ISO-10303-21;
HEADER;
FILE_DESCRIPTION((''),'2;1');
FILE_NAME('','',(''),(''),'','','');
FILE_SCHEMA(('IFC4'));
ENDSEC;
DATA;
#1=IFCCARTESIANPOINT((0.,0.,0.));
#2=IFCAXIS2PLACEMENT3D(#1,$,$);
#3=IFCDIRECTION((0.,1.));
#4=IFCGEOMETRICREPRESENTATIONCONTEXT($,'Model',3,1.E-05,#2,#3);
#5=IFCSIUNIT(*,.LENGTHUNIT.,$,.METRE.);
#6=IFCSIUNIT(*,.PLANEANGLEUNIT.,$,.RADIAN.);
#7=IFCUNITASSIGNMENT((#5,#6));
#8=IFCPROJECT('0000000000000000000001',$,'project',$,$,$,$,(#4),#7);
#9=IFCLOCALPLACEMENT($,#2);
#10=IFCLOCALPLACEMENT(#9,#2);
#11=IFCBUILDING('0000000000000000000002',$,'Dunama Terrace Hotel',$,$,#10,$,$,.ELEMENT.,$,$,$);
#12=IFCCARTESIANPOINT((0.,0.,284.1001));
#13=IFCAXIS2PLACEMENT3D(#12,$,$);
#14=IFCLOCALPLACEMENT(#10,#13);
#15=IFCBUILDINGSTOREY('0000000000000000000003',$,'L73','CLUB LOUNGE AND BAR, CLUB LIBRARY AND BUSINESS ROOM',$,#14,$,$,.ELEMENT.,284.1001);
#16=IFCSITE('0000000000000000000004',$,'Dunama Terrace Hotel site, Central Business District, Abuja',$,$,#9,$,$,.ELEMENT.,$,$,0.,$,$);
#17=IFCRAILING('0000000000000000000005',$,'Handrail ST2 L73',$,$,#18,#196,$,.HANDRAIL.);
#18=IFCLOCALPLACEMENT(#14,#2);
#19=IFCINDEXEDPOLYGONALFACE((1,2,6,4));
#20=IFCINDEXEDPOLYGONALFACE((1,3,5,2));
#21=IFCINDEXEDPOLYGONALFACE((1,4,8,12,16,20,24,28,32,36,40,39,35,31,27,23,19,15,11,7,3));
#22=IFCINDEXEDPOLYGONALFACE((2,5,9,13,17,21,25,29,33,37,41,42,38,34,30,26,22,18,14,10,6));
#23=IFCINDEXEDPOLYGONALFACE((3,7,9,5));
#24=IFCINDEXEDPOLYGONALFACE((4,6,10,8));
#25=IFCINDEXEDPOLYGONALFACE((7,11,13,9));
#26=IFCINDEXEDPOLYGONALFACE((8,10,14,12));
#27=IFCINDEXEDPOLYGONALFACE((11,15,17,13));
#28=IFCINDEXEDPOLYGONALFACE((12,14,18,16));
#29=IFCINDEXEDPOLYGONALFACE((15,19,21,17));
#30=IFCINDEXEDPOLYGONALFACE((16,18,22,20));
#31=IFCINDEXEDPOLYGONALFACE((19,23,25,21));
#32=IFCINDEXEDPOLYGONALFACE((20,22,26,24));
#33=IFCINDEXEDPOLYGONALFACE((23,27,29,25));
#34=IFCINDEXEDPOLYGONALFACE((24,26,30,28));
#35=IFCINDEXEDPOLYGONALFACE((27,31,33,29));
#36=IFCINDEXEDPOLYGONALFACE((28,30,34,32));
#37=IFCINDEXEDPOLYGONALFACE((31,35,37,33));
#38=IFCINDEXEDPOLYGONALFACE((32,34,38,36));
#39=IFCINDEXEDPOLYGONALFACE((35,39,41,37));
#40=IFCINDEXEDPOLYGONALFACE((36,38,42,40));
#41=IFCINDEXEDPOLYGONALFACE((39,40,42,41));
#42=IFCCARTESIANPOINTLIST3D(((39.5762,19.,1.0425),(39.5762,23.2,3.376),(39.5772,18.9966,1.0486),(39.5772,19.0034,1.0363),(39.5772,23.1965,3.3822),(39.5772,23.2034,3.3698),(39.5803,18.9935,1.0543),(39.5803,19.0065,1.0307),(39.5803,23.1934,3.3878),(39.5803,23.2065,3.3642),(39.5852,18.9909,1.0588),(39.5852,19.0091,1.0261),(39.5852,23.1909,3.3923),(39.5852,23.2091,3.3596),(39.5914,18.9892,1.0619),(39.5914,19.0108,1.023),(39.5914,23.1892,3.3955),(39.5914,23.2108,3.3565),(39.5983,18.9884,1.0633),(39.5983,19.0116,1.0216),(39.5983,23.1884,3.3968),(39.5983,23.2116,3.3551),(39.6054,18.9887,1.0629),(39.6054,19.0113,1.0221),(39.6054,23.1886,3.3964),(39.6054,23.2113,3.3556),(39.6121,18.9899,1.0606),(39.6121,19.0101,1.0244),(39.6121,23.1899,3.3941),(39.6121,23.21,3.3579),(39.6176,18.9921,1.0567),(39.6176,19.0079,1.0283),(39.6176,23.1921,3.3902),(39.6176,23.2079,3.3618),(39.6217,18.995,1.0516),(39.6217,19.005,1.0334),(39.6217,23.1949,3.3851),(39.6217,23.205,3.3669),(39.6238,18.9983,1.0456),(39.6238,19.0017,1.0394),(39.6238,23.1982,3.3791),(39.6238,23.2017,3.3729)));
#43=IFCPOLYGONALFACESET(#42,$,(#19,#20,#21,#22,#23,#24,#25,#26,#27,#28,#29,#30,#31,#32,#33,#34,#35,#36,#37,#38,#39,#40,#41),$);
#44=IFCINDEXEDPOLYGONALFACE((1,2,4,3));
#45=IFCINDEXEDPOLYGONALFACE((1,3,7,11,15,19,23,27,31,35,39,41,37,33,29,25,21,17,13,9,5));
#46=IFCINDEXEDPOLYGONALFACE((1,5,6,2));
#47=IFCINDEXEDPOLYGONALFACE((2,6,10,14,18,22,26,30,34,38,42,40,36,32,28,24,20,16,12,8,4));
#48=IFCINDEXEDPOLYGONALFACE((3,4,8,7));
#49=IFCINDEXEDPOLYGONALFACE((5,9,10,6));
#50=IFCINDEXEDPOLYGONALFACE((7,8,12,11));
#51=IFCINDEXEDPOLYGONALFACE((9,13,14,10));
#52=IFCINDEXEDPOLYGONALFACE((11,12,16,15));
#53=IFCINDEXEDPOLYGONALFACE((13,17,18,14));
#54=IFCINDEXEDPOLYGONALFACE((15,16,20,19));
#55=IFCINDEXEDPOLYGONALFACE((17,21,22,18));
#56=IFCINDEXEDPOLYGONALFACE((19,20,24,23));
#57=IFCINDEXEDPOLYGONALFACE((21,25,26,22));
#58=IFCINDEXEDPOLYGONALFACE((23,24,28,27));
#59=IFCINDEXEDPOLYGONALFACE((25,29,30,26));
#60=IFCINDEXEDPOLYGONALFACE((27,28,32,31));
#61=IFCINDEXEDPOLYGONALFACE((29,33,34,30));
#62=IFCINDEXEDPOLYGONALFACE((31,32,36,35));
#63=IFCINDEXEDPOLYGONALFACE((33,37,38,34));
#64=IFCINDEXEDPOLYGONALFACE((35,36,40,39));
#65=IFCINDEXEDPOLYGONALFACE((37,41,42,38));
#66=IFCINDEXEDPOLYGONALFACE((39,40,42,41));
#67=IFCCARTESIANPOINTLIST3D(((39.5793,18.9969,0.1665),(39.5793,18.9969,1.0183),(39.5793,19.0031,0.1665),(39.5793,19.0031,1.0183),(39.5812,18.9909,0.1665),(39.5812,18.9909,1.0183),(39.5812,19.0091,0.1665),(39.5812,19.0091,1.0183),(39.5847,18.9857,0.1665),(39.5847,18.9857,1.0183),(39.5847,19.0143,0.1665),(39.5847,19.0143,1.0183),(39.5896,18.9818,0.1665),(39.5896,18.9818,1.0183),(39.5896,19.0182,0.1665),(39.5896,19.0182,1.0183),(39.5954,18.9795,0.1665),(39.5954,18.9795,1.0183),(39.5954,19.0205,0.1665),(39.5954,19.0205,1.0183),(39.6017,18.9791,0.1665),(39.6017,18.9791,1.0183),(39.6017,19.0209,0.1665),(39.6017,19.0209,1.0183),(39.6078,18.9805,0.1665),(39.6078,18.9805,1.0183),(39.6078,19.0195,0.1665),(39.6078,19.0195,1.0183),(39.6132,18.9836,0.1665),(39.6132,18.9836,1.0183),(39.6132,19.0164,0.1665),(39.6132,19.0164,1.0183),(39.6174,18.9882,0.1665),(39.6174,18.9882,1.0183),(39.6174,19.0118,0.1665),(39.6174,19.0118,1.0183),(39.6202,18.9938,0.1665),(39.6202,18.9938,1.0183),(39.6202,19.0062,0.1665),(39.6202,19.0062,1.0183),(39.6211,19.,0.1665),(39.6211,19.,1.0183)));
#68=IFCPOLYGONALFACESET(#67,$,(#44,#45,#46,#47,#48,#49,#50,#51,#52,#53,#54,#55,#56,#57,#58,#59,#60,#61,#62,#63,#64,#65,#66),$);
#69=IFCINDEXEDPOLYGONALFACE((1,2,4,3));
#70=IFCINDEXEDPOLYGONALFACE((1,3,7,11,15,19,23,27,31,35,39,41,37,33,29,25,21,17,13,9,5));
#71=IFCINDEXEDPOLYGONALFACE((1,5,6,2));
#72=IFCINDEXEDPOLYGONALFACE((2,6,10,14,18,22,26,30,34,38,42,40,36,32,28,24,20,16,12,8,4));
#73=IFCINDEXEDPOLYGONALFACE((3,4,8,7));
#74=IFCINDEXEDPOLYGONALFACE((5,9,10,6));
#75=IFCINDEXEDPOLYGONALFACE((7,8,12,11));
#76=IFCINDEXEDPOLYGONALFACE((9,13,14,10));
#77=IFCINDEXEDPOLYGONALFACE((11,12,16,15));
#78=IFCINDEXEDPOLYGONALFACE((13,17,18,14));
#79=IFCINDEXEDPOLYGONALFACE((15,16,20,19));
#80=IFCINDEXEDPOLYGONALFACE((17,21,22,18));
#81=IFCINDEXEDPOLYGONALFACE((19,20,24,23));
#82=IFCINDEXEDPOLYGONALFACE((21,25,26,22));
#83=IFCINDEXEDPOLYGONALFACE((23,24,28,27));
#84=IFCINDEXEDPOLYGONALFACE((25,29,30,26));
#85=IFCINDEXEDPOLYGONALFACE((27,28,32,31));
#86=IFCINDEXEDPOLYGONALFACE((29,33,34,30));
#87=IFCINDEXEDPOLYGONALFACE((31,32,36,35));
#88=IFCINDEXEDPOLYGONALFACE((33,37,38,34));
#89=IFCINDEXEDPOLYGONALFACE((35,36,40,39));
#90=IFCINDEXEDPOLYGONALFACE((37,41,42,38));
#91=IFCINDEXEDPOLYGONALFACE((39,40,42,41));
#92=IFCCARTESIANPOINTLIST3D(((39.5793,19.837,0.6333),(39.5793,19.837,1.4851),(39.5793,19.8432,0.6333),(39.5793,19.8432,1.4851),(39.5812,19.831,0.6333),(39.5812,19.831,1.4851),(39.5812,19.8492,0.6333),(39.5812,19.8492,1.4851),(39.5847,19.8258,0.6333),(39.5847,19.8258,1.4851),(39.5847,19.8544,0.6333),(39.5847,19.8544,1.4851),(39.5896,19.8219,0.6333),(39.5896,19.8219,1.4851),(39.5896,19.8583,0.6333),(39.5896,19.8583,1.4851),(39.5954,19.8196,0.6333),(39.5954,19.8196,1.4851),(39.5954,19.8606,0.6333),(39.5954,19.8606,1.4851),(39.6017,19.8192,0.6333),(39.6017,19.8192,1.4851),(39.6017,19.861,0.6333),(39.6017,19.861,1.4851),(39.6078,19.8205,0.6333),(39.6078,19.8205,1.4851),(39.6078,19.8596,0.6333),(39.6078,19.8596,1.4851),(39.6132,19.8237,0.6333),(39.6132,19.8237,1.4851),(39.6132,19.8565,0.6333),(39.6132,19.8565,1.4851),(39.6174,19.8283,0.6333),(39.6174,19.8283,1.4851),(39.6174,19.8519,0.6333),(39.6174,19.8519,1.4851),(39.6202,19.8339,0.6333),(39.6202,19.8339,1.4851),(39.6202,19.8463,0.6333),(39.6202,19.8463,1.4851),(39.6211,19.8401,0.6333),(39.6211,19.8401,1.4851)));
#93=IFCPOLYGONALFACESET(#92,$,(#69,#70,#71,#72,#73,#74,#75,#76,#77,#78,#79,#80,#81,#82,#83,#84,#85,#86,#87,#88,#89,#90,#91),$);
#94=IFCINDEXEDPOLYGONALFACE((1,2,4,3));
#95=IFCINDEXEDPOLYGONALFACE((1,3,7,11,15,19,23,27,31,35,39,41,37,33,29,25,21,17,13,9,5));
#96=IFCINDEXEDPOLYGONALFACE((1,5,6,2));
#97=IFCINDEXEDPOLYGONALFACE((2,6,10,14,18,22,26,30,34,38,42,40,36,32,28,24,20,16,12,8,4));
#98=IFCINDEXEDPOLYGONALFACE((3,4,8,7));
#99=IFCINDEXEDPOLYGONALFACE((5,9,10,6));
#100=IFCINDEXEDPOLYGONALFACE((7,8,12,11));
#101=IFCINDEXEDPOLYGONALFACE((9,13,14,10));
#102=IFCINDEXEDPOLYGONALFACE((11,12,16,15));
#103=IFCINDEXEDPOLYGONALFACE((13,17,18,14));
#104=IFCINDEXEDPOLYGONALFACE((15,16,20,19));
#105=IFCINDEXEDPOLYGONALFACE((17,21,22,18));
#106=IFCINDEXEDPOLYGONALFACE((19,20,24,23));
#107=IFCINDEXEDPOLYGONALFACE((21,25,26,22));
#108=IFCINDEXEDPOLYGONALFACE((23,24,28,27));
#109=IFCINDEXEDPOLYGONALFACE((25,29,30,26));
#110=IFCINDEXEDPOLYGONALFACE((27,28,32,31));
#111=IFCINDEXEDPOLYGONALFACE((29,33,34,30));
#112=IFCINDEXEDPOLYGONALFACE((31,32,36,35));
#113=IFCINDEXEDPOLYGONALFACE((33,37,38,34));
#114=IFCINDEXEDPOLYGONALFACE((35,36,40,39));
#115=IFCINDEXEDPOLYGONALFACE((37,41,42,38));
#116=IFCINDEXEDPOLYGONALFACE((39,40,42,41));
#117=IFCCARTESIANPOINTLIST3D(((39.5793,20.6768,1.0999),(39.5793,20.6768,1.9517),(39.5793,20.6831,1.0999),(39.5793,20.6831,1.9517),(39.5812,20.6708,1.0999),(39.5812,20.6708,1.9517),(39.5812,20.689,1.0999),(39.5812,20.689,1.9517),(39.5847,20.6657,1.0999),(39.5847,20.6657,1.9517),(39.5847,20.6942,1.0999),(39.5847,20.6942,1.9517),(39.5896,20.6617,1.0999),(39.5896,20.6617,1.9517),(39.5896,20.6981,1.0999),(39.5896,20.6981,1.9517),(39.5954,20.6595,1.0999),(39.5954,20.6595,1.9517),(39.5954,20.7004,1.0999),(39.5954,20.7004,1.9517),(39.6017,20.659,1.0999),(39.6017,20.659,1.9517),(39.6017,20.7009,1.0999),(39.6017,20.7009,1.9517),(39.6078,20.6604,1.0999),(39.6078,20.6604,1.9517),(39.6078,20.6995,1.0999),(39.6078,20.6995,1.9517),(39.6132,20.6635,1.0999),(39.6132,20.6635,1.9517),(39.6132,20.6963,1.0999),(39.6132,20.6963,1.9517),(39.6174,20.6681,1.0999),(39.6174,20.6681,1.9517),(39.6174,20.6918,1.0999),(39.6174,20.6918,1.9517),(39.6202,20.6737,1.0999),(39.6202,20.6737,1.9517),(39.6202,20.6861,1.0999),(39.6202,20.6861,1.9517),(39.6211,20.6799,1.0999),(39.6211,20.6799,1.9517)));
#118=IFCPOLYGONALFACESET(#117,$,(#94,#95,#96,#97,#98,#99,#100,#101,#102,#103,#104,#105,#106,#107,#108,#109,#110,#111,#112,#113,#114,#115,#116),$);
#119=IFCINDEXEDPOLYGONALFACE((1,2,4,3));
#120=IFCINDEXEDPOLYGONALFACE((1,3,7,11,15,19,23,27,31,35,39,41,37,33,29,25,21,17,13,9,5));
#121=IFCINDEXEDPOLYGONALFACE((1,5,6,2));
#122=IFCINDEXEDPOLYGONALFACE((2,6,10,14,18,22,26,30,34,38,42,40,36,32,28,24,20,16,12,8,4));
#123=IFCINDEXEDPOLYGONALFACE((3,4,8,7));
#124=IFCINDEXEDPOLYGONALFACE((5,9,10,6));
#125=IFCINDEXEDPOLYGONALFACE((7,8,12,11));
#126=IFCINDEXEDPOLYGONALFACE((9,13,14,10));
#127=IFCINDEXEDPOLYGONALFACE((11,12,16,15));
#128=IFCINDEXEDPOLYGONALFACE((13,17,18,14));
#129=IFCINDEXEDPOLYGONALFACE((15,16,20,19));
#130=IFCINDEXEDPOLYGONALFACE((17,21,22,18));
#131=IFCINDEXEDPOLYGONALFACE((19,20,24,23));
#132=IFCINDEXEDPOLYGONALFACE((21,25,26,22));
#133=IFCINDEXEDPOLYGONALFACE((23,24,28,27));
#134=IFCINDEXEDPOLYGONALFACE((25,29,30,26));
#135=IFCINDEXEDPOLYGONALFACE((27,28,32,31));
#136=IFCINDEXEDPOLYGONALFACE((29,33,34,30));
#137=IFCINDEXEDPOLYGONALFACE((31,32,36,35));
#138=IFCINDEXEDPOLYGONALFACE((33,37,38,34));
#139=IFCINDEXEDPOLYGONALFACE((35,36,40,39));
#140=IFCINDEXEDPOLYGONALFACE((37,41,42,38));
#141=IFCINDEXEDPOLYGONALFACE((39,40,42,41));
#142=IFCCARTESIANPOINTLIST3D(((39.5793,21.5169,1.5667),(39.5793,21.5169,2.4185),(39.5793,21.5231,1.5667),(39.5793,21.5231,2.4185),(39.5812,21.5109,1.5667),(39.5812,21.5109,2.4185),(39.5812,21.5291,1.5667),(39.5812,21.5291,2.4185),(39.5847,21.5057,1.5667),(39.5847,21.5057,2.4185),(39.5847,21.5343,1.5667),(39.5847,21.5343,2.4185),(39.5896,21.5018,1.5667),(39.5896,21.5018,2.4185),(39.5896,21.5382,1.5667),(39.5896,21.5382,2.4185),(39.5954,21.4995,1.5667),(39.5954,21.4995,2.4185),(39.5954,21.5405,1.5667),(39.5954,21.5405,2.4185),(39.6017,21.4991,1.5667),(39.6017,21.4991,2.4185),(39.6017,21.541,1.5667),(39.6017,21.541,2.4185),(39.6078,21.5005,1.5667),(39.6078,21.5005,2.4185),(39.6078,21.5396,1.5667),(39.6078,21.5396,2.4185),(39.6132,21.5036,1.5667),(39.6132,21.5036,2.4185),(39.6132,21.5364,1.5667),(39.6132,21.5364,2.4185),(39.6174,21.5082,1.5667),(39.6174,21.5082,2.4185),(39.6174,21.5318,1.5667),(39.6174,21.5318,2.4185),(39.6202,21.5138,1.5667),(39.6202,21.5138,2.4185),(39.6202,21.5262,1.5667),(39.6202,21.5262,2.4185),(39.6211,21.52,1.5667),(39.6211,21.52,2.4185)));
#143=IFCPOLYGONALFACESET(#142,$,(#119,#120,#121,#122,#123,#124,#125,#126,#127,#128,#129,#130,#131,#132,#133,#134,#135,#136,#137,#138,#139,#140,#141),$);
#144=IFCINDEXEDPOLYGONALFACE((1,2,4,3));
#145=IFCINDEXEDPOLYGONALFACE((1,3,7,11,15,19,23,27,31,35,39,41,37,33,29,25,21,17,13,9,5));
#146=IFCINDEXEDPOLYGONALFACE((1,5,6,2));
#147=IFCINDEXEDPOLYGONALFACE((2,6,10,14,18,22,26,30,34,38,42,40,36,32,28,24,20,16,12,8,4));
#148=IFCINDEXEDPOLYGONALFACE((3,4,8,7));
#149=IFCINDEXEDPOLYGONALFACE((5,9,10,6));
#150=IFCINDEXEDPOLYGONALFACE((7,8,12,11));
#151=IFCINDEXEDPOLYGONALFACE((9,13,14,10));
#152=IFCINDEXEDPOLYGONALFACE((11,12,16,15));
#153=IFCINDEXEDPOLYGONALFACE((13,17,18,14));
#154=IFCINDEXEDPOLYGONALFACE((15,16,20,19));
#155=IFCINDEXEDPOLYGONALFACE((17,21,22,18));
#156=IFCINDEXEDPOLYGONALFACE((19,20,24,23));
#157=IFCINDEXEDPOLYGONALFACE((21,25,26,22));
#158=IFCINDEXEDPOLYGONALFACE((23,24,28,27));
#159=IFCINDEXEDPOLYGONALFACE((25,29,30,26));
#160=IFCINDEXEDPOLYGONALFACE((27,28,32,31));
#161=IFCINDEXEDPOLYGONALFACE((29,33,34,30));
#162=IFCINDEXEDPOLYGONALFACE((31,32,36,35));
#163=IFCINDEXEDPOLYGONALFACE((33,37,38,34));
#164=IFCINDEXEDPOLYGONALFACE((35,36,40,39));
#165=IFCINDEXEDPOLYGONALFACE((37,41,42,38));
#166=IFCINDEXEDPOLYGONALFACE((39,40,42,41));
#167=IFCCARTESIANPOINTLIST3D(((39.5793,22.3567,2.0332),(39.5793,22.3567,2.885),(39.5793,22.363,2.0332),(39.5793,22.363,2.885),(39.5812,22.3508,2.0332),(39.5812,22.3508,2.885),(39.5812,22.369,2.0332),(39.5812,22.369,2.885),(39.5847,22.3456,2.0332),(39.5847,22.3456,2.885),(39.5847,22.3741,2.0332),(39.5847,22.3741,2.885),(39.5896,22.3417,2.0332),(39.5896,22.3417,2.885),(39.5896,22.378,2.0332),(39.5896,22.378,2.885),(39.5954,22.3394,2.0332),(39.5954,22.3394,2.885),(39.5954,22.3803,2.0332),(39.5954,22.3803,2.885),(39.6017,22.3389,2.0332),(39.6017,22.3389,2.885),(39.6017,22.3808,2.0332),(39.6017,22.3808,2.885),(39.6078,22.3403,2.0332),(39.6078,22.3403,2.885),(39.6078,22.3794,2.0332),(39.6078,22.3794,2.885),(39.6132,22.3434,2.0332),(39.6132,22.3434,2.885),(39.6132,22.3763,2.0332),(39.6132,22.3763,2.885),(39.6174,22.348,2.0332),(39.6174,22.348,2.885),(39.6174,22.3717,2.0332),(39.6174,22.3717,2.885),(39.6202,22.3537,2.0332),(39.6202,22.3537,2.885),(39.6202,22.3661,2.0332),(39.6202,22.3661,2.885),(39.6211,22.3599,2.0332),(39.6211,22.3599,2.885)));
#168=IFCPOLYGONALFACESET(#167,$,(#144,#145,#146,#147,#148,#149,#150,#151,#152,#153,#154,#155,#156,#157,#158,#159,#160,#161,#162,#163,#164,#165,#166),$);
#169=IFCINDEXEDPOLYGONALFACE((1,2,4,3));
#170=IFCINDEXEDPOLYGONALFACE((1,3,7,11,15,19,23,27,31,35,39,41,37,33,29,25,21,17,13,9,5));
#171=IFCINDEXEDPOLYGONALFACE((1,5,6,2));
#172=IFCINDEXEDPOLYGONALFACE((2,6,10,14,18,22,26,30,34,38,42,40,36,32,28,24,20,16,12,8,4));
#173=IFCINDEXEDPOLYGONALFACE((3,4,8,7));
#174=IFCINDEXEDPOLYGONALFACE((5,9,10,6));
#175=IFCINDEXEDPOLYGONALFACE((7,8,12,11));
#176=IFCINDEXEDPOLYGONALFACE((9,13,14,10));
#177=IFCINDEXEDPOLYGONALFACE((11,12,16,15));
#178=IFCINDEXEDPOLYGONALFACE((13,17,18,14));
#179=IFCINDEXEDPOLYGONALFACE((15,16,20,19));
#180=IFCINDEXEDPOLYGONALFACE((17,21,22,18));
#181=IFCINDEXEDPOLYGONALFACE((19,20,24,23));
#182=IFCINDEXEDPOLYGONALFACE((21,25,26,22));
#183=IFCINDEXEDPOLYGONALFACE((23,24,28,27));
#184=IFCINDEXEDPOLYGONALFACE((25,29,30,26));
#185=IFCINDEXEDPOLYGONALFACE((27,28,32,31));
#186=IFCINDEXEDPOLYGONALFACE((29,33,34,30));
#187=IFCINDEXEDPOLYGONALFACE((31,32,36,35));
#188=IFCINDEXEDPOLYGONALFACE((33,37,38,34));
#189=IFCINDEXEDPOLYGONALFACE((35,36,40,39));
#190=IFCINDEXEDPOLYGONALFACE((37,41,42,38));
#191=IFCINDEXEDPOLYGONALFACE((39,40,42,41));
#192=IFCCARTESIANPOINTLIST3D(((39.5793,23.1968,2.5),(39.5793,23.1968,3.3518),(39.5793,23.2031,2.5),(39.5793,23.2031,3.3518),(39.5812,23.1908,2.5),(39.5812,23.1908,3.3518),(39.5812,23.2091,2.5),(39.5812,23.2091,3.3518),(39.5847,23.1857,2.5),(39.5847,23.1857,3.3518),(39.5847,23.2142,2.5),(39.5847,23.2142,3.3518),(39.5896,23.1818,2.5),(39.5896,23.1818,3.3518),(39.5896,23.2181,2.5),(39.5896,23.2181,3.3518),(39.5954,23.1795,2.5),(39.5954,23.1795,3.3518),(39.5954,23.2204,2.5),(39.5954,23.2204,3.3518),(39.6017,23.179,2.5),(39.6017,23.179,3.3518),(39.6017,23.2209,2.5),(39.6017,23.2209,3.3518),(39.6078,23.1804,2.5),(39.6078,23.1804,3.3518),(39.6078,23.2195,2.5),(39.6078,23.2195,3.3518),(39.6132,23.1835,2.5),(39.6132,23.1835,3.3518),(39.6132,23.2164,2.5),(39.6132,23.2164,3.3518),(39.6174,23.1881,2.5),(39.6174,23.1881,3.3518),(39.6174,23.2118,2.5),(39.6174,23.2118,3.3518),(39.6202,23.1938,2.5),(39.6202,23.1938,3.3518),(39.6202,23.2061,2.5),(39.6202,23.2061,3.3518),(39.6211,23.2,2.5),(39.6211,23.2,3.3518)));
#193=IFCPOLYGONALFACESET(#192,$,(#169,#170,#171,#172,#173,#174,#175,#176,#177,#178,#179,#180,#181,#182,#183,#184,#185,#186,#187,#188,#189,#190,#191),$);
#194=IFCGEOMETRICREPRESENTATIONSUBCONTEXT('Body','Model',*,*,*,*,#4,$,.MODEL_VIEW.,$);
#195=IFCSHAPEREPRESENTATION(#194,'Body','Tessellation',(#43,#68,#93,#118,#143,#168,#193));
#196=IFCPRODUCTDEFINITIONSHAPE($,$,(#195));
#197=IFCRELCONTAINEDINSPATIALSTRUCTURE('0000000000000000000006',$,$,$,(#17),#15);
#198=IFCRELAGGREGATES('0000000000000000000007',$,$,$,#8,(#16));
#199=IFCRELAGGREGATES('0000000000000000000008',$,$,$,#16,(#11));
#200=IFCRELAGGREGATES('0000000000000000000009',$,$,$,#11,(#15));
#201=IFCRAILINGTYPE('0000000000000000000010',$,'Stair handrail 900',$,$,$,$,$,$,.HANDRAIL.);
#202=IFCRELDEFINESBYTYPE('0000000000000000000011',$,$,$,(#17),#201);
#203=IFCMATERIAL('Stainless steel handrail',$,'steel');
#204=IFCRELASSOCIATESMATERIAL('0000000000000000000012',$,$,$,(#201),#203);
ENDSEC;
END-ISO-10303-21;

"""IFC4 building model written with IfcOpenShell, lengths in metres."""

from ifc_helpers import new_model, si_unit, direction, frame, origin, origin_2d, place, context, subcontext, project, spatial, circle, extrude, material, type_object, element, save


model = new_model("IFC4")

# Units and contexts
model_context = context("Model", 3, precision=1e-05, world=origin(), true_north=direction((0.0, 1.0)))
body_context = subcontext(model_context, "Body", "Model", "MODEL_VIEW")
ifc_project = project(units=[si_unit("LENGTHUNIT", "METRE"), si_unit("PLANEANGLEUNIT", "RADIAN")], contexts=[model_context])

# Site, building, storey
site_placement = place(None, origin())
site = spatial("IfcSite", under=ifc_project, at=site_placement, Name="Dunama Terrace Hotel site, Central Business District, Abuja", CompositionType="ELEMENT", RefElevation=0.0)
building_placement = place(site_placement, origin())
building = spatial("IfcBuilding", under=site, at=building_placement, Name="Dunama Terrace Hotel", CompositionType="ELEMENT")
storey_placement = place(building_placement, frame((0.0, 0.0, 284.1001)))
storey = spatial("IfcBuildingStorey", under=building, at=storey_placement, Name="L73", Description="CLUB LOUNGE AND BAR, CLUB LIBRARY AND BUSINESS ROOM", CompositionType="ELEMENT", Elevation=284.1001)

# Railing
ifc_material_1 = material(Name="Stainless steel handrail", Category="steel")
railing_type_1 = type_object("IfcRailingType", Name="Stair handrail 900", PredefinedType="HANDRAIL", material=ifc_material_1)
railing_1_placement = place(storey_placement, frame((39.6001, 19.0, 0.1665)))
element("IfcRailing", 1, at=railing_1_placement, inside=storey, type_object=railing_type_1, Name="Handrail ST2 L73", PredefinedType="HANDRAIL", context=body_context, shape_type="SweptSolid", body=[
    extrude(circle(Radius=0.0239, at=origin_2d()), frame((0.0, 0.0, 0.876), z_axis=(0.0, 0.87414, 0.485673), x_axis=(-1.0, 0.0, 0.0)), (0.0, 0.0, 1.0), 4.8047),
    extrude(circle(Radius=0.021, at=origin_2d()), origin(), (0.0, 0.0, 1.0), 0.8518),
    extrude(circle(Radius=0.021, at=origin_2d()), frame((0.0, 0.8401, 0.4668)), (0.0, 0.0, 1.0), 0.8518),
    extrude(circle(Radius=0.021, at=origin_2d()), frame((0.0, 1.6799, 0.9333)), (0.0, 0.0, 1.0), 0.8518),
    extrude(circle(Radius=0.021, at=origin_2d()), frame((0.0, 2.52, 1.4001)), (0.0, 0.0, 1.0), 0.8518),
    extrude(circle(Radius=0.021, at=origin_2d()), frame((0.0, 3.3599, 1.8667)), (0.0, 0.0, 1.0), 0.8518),
    extrude(circle(Radius=0.021, at=origin_2d()), frame((0.0, 4.2, 2.3335)), (0.0, 0.0, 1.0), 0.8518),
])

save(model, "model.ifc")
